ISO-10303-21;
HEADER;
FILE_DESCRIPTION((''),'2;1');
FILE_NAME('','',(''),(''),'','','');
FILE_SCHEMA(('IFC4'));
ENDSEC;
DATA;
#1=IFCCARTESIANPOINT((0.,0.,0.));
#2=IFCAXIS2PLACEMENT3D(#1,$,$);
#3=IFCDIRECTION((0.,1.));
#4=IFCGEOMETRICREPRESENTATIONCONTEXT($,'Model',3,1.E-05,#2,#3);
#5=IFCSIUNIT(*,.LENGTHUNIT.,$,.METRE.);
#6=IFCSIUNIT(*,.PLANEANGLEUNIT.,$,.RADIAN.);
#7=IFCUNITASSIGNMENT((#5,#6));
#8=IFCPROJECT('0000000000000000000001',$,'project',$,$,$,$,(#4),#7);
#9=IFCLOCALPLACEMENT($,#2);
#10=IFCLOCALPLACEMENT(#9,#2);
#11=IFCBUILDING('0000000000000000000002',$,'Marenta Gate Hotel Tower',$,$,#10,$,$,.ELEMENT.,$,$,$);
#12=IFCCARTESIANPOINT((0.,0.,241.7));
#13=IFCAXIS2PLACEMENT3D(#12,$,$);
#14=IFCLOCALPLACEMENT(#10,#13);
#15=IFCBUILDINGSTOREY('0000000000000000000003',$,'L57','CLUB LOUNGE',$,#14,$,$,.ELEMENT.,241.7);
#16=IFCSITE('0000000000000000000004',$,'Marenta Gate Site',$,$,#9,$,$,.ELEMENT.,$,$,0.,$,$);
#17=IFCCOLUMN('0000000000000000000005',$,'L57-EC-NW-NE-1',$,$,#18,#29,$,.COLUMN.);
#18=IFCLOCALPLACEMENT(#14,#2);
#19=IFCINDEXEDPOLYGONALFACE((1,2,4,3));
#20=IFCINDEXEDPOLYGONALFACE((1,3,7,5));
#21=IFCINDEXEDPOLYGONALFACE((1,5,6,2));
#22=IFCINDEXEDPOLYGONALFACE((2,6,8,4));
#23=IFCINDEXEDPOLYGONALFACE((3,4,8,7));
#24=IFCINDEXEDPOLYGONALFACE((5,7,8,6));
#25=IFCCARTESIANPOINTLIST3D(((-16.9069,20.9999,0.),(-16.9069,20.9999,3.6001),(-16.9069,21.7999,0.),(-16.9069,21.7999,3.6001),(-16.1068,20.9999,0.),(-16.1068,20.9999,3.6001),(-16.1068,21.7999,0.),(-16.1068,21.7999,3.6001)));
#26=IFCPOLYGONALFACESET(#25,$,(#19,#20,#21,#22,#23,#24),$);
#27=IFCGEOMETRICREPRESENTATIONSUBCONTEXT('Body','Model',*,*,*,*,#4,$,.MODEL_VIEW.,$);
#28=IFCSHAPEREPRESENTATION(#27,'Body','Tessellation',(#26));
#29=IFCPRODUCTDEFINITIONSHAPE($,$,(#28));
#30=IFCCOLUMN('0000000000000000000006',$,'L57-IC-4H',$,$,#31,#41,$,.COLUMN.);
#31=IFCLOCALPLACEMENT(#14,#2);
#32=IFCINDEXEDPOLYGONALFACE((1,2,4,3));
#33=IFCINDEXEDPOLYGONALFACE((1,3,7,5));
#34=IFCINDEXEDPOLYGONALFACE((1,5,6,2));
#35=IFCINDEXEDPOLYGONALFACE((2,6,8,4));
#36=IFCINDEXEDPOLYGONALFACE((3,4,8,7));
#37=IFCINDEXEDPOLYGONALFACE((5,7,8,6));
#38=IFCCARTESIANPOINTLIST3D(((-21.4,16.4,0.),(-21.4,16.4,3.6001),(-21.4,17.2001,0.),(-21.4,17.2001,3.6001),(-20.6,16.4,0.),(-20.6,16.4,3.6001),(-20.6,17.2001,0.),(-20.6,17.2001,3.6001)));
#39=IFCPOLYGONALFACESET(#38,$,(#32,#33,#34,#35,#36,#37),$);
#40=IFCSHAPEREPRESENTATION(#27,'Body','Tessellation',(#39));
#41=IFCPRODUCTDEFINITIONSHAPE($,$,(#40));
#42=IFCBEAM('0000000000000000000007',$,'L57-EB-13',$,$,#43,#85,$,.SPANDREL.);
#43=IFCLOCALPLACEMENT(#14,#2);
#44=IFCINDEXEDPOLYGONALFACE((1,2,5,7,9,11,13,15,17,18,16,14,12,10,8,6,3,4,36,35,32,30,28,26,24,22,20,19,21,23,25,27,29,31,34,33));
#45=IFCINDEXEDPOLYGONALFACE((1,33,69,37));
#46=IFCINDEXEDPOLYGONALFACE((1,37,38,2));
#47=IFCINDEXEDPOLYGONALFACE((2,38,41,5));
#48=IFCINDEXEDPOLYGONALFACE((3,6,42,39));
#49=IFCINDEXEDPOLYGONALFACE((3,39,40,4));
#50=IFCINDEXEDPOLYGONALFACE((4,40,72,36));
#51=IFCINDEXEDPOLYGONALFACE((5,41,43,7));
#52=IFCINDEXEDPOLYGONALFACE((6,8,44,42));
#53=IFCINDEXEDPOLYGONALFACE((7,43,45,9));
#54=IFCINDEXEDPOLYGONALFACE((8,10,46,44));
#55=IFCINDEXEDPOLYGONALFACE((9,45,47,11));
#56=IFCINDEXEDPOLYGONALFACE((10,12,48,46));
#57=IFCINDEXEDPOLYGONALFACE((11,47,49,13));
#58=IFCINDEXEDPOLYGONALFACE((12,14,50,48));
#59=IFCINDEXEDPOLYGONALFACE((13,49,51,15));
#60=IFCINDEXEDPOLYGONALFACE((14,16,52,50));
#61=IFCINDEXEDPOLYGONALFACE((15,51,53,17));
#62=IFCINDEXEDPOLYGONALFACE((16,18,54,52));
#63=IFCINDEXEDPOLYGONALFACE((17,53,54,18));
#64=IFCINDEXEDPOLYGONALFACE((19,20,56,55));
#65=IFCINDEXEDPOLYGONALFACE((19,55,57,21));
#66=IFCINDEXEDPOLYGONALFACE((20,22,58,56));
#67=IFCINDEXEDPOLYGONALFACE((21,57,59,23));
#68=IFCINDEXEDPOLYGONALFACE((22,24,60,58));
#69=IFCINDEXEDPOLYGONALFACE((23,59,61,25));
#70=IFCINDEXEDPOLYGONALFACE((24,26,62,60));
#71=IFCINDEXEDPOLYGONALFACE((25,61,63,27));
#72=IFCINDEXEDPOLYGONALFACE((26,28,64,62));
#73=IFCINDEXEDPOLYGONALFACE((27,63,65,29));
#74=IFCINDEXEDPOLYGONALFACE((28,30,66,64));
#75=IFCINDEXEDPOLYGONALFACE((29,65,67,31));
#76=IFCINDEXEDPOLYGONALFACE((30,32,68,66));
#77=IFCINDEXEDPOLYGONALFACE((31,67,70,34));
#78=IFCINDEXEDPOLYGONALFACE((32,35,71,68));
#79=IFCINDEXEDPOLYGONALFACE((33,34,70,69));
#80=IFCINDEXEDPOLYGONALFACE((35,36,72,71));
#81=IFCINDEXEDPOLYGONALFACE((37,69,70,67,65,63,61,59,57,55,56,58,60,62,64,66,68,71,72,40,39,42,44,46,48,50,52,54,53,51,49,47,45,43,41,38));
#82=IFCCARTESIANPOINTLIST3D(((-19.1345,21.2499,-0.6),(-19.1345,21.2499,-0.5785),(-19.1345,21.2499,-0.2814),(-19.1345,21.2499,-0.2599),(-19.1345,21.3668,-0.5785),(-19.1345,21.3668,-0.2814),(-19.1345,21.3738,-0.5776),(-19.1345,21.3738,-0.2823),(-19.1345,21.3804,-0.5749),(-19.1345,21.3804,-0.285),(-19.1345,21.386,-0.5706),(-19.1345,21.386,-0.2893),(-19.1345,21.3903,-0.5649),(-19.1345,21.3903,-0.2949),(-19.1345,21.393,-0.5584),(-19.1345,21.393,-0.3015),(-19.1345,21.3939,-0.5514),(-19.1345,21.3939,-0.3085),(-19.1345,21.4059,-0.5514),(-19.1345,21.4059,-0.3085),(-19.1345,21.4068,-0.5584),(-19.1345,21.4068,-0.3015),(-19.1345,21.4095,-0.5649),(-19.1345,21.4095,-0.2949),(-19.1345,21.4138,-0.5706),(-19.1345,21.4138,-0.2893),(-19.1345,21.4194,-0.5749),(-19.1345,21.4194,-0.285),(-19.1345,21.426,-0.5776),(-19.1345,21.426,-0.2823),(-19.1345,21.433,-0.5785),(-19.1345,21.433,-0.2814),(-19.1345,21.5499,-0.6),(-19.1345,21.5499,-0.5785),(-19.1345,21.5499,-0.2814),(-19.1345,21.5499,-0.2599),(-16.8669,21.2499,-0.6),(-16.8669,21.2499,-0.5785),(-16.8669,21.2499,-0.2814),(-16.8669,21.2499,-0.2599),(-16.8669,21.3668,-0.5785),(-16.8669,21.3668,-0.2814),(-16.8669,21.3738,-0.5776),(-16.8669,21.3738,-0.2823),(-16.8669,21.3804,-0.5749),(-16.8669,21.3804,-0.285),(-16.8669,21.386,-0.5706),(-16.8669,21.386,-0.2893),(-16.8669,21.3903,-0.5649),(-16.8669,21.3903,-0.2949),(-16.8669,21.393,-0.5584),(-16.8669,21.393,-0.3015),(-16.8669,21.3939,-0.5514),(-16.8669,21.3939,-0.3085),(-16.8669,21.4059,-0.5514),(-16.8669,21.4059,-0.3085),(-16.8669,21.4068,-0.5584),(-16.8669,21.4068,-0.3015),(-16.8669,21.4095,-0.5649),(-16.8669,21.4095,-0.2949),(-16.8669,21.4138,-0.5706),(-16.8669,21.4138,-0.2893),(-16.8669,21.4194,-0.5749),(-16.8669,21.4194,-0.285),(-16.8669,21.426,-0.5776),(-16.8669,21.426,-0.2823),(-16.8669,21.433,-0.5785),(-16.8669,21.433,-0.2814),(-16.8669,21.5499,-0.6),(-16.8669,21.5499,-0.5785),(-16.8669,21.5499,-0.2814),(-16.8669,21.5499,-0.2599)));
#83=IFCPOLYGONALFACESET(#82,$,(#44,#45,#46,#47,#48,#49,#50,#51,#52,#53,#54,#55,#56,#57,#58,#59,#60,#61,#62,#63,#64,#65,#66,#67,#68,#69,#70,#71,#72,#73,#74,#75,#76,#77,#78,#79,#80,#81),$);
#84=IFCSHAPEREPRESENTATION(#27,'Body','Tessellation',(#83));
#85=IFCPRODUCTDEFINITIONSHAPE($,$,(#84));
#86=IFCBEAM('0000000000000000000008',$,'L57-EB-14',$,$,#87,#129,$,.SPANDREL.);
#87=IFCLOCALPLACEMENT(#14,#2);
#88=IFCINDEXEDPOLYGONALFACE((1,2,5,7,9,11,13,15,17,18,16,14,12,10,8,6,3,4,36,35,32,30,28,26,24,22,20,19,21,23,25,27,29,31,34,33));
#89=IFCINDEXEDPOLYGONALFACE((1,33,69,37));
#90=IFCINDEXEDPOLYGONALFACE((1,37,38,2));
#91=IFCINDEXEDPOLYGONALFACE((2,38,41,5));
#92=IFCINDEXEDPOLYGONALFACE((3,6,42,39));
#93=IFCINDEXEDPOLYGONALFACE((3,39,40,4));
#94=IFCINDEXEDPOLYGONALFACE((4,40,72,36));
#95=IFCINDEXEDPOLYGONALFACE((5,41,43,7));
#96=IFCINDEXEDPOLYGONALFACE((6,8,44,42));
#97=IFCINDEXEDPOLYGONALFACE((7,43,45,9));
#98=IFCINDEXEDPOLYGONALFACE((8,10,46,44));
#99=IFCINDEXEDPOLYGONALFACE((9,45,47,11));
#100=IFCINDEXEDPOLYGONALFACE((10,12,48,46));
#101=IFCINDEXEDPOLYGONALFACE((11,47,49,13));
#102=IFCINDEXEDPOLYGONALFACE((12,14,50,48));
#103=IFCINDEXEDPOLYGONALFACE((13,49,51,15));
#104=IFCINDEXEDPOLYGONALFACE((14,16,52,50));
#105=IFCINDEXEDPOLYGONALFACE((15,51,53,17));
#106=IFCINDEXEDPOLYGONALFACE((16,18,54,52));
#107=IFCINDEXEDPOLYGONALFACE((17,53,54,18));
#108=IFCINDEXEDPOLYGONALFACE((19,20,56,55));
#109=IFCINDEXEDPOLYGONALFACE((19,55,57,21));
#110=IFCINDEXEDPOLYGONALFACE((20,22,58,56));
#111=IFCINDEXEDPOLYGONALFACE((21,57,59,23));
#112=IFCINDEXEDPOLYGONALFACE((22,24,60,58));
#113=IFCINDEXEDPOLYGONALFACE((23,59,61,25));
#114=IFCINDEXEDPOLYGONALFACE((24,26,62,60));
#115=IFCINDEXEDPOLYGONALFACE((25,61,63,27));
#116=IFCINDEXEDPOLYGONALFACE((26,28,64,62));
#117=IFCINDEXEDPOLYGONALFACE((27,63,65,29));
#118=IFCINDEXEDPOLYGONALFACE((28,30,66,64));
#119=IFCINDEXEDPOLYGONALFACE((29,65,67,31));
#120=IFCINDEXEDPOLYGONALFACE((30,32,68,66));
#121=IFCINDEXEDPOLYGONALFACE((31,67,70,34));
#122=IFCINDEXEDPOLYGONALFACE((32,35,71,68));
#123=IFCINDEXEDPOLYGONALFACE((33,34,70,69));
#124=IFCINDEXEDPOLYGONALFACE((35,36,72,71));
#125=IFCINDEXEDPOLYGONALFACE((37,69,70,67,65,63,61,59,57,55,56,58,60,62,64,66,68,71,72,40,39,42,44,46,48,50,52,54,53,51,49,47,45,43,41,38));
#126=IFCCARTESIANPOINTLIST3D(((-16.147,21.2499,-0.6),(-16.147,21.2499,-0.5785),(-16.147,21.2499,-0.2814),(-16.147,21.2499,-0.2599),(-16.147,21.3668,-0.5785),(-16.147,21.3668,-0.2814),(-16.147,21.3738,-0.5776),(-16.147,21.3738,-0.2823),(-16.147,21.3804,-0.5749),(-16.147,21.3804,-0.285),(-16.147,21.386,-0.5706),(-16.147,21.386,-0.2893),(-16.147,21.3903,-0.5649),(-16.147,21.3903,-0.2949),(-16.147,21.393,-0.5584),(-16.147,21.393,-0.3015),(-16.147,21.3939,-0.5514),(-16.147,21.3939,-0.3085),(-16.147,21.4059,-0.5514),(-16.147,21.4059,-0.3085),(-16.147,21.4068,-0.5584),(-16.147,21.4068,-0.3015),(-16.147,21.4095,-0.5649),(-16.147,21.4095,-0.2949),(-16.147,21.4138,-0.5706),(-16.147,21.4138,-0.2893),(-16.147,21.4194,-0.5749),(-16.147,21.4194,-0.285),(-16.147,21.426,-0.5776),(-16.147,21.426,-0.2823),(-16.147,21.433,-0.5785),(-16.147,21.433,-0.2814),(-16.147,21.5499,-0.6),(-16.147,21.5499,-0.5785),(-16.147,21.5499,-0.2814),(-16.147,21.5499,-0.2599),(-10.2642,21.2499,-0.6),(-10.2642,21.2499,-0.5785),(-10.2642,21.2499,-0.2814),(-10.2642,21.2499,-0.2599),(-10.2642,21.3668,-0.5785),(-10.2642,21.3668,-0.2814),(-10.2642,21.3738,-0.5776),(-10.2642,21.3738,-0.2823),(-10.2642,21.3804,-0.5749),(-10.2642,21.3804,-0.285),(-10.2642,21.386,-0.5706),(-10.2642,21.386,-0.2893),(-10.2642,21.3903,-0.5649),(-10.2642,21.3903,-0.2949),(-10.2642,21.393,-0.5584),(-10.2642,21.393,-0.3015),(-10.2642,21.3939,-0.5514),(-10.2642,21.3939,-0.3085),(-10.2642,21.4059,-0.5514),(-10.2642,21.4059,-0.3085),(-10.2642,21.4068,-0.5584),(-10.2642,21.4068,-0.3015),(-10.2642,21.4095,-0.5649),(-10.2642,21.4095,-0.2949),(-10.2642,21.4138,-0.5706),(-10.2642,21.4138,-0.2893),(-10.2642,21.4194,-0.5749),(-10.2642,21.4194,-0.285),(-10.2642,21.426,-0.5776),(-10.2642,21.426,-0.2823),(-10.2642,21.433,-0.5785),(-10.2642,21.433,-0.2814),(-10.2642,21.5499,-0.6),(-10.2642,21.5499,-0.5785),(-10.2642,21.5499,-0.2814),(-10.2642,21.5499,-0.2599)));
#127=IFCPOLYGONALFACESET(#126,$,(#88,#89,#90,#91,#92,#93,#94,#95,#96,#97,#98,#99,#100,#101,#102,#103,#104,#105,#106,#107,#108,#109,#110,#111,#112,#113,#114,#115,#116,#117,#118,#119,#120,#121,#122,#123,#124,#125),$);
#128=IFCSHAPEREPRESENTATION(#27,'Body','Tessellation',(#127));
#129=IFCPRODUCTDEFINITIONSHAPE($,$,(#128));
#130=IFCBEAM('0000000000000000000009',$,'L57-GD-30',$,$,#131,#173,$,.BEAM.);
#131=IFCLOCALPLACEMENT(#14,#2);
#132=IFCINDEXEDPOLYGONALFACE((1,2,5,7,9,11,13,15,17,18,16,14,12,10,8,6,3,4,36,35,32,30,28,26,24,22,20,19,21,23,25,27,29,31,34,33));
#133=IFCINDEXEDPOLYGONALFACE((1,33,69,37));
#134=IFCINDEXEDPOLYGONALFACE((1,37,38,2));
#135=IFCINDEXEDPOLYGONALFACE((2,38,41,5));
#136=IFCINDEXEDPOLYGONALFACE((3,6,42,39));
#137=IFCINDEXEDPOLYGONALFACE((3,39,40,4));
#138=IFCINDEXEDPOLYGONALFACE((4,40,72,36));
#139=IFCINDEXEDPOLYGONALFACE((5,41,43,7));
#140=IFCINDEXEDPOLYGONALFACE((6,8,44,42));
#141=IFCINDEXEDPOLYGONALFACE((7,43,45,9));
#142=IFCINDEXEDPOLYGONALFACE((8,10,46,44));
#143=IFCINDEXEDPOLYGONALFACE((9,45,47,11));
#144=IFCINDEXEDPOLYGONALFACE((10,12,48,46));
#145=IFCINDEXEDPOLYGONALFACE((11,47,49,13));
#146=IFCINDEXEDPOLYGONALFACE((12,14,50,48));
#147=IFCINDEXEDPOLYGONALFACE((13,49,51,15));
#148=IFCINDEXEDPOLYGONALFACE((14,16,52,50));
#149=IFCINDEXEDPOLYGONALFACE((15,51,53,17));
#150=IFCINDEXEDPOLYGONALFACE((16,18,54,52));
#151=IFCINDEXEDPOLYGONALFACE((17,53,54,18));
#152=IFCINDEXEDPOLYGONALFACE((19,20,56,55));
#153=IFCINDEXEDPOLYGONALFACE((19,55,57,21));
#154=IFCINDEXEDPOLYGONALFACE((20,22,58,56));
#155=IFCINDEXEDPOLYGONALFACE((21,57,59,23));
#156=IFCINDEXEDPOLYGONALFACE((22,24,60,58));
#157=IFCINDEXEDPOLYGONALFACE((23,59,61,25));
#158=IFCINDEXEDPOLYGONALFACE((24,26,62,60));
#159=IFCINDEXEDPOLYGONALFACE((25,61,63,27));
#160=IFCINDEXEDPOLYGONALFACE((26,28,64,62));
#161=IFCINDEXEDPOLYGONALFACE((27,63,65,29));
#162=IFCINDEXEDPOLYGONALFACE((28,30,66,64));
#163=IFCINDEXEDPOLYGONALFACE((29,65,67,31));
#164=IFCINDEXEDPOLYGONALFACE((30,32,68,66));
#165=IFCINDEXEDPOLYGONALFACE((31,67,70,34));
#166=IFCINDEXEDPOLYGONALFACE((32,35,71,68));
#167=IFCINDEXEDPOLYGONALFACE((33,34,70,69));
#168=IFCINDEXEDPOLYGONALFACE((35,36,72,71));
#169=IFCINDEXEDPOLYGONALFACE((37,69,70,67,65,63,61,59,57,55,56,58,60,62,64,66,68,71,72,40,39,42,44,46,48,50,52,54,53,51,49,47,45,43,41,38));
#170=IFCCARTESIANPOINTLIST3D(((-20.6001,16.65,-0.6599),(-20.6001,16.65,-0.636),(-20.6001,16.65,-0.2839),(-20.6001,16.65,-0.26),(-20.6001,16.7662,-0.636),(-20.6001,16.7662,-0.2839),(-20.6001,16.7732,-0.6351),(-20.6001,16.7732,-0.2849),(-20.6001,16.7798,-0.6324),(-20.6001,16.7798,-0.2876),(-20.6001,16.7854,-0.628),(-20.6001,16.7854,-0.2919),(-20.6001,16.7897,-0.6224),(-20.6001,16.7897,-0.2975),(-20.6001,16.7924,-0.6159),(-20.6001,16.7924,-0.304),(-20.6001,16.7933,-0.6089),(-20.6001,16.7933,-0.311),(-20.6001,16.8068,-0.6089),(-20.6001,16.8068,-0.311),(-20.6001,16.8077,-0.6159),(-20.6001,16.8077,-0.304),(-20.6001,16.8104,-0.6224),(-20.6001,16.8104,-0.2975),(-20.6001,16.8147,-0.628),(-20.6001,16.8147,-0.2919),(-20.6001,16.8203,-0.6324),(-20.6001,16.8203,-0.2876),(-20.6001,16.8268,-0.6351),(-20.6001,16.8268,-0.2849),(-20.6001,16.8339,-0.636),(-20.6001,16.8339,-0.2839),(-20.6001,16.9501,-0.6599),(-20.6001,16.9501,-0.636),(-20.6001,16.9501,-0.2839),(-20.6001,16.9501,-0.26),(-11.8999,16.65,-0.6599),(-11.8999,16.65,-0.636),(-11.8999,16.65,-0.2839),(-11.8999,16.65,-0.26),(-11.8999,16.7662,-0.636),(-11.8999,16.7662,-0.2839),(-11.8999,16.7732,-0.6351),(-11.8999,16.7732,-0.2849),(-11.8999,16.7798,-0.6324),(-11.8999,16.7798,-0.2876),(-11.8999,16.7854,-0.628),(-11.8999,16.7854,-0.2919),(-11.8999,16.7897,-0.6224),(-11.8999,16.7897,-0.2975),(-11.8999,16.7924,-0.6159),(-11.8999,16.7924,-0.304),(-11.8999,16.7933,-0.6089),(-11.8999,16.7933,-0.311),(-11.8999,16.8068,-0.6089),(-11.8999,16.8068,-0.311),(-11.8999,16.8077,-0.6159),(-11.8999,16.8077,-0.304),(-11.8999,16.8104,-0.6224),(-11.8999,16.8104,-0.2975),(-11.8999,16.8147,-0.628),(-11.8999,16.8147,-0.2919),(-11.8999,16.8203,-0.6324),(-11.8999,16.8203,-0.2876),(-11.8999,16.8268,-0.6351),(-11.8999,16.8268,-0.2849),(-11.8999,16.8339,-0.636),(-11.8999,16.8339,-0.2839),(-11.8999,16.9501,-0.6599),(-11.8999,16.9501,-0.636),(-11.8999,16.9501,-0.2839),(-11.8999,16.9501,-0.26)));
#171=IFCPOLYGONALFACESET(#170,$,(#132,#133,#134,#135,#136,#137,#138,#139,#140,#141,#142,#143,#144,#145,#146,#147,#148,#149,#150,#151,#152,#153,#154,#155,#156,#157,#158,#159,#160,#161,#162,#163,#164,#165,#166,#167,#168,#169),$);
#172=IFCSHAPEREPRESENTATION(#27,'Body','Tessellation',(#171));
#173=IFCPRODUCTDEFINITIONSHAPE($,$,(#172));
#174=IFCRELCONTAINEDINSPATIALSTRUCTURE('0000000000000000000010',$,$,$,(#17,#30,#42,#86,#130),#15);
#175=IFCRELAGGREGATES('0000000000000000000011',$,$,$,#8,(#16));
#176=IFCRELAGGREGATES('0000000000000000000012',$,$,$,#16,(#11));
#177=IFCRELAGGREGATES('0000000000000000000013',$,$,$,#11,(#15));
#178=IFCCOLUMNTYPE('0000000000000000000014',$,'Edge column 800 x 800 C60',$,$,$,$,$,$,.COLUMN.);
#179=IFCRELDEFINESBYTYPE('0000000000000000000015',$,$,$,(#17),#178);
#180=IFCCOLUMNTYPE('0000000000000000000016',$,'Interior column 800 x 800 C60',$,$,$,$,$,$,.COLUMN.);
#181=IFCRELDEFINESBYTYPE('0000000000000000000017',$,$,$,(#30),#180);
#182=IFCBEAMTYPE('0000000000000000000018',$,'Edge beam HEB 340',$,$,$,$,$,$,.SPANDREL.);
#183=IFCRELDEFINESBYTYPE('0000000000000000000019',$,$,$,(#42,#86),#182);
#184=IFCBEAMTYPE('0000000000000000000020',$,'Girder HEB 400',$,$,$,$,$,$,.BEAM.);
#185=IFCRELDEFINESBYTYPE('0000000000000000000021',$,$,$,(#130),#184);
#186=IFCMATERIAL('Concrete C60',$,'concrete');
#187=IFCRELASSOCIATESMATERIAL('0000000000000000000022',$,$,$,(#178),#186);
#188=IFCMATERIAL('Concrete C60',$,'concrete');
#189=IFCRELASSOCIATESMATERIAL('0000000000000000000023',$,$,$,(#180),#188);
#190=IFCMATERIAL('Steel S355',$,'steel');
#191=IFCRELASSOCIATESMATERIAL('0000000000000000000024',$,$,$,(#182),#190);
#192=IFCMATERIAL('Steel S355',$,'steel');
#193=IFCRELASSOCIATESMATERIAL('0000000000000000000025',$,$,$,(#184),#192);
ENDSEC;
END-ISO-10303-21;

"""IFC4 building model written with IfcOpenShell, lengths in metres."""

from ifc_helpers import new_model, si_unit, direction, frame, origin, origin_2d, place, context, subcontext, project, spatial, rectangle, i_section, extrude, material, material_profile, profile_set, type_object, element, save


model = new_model("IFC4")

# Units and contexts
model_context = context("Model", 3, precision=1e-05, world=origin(), true_north=direction((0.0, 1.0)))
body_context = subcontext(model_context, "Body", "Model", "MODEL_VIEW")
ifc_project = project(units=[si_unit("LENGTHUNIT", "METRE"), si_unit("PLANEANGLEUNIT", "RADIAN")], contexts=[model_context])

# Site, building, storey
site_placement = place(None, origin())
site = spatial("IfcSite", under=ifc_project, at=site_placement, Name="Marenta Gate Site", CompositionType="ELEMENT", RefElevation=0.0)
building_placement = place(site_placement, origin())
building = spatial("IfcBuilding", under=site, at=building_placement, Name="Marenta Gate Hotel Tower", CompositionType="ELEMENT")
storey_placement = place(building_placement, frame((0.0, 0.0, 241.7)))
storey = spatial("IfcBuildingStorey", under=building, at=storey_placement, Name="L57", Description="CLUB LOUNGE", CompositionType="ELEMENT", Elevation=241.7)

# Columns
ifc_material_1 = material(Name="Concrete C60", Category="concrete")
ifc_material_profile_1 = material_profile(ifc_material_1, rectangle(XDim=0.8, YDim=0.8, at=origin_2d()), Name="800 x 800")
ifc_profile_set_1 = profile_set([ifc_material_profile_1], Name="Concrete C60")
column_type_1 = type_object("IfcColumnType", Name="Edge column 800 x 800 C60", PredefinedType="COLUMN", material=ifc_profile_set_1)
column_1_placement = place(storey_placement, frame((-16.5068, 21.3999, 0.0), z_axis=(0.0, 0.0, 1.0), x_axis=(1.0, 0.0, 0.0)))
element("IfcColumn", 1, at=column_1_placement, inside=storey, type_object=column_type_1, Name="L57-EC-NW-NE-1", PredefinedType="COLUMN", context=body_context, shape_type="SweptSolid", body=[
    extrude(rectangle(XDim=0.8, YDim=0.8, at=origin_2d()), origin(), (0.0, 0.0, 1.0), 3.6001),
])
ifc_material_2 = material(Name="Concrete C60", Category="concrete")
ifc_material_profile_2 = material_profile(ifc_material_2, rectangle(XDim=0.8, YDim=0.8, at=origin_2d()), Name="800 x 800")
ifc_profile_set_2 = profile_set([ifc_material_profile_2], Name="Concrete C60")
column_type_2 = type_object("IfcColumnType", Name="Interior column 800 x 800 C60", PredefinedType="COLUMN", material=ifc_profile_set_2)
column_2_placement = place(storey_placement, frame((-21.0, 16.8, 0.0), z_axis=(0.0, 0.0, 1.0), x_axis=(1.0, 0.0, 0.0)))
element("IfcColumn", 2, at=column_2_placement, inside=storey, type_object=column_type_2, Name="L57-IC-4H", PredefinedType="COLUMN", context=body_context, shape_type="SweptSolid", body=[
    extrude(rectangle(XDim=0.8, YDim=0.8, at=origin_2d()), origin(), (0.0, 0.0, 1.0), 3.6001),
])

# Beams
ifc_material_3 = material(Name="Steel S355", Category="steel")
ifc_material_profile_3 = material_profile(ifc_material_3, i_section(OverallWidth=0.3, OverallDepth=0.3401, WebThickness=0.012, FlangeThickness=0.0215, FilletRadius=0.0271, at=origin_2d()), Name="HEB 340")
ifc_profile_set_3 = profile_set([ifc_material_profile_3], Name="Steel S355")
beam_type_1 = type_object("IfcBeamType", Name="Edge beam HEB 340", PredefinedType="SPANDREL", material=ifc_profile_set_3)
beam_1_placement = place(storey_placement, frame((-19.1345, 21.3999, -0.4299), z_axis=(1.0, 0.0, 0.0), x_axis=(0.0, 1.0, 0.0)))
element("IfcBeam", 3, at=beam_1_placement, inside=storey, type_object=beam_type_1, Name="L57-EB-13", PredefinedType="SPANDREL", context=body_context, shape_type="SweptSolid", body=[
    extrude(i_section(OverallWidth=0.3, OverallDepth=0.3401, WebThickness=0.012, FlangeThickness=0.0215, FilletRadius=0.0271, at=origin_2d()), origin(), (0.0, 0.0, 1.0), 2.2676),
])
beam_2_placement = place(storey_placement, frame((-16.147, 21.3999, -0.4299), z_axis=(1.0, 0.0, 0.0), x_axis=(0.0, 1.0, 0.0)))
element("IfcBeam", 4, at=beam_2_placement, inside=storey, type_object=beam_type_1, Name="L57-EB-14", PredefinedType="SPANDREL", context=body_context, shape_type="SweptSolid", body=[
    extrude(i_section(OverallWidth=0.3, OverallDepth=0.3401, WebThickness=0.012, FlangeThickness=0.0215, FilletRadius=0.0271, at=origin_2d()), origin(), (0.0, 0.0, 1.0), 5.8828),
])
ifc_material_4 = material(Name="Steel S355", Category="steel")
ifc_material_profile_4 = material_profile(ifc_material_4, i_section(OverallWidth=0.3, OverallDepth=0.3999, WebThickness=0.0134, FlangeThickness=0.0239, FilletRadius=0.0271, at=origin_2d()), Name="HEB 400")
ifc_profile_set_4 = profile_set([ifc_material_profile_4], Name="Steel S355")
beam_type_2 = type_object("IfcBeamType", Name="Girder HEB 400", PredefinedType="BEAM", material=ifc_profile_set_4)
beam_3_placement = place(storey_placement, frame((-20.6001, 16.8, -0.46), z_axis=(1.0, 0.0, 0.0), x_axis=(0.0, 1.0, 0.0)))
element("IfcBeam", 5, at=beam_3_placement, inside=storey, type_object=beam_type_2, Name="L57-GD-30", PredefinedType="BEAM", context=body_context, shape_type="SweptSolid", body=[
    extrude(i_section(OverallWidth=0.3, OverallDepth=0.3999, WebThickness=0.0134, FlangeThickness=0.0239, FilletRadius=0.0271, at=origin_2d()), origin(), (0.0, 0.0, 1.0), 8.7002),
])

save(model, "model.ifc")
